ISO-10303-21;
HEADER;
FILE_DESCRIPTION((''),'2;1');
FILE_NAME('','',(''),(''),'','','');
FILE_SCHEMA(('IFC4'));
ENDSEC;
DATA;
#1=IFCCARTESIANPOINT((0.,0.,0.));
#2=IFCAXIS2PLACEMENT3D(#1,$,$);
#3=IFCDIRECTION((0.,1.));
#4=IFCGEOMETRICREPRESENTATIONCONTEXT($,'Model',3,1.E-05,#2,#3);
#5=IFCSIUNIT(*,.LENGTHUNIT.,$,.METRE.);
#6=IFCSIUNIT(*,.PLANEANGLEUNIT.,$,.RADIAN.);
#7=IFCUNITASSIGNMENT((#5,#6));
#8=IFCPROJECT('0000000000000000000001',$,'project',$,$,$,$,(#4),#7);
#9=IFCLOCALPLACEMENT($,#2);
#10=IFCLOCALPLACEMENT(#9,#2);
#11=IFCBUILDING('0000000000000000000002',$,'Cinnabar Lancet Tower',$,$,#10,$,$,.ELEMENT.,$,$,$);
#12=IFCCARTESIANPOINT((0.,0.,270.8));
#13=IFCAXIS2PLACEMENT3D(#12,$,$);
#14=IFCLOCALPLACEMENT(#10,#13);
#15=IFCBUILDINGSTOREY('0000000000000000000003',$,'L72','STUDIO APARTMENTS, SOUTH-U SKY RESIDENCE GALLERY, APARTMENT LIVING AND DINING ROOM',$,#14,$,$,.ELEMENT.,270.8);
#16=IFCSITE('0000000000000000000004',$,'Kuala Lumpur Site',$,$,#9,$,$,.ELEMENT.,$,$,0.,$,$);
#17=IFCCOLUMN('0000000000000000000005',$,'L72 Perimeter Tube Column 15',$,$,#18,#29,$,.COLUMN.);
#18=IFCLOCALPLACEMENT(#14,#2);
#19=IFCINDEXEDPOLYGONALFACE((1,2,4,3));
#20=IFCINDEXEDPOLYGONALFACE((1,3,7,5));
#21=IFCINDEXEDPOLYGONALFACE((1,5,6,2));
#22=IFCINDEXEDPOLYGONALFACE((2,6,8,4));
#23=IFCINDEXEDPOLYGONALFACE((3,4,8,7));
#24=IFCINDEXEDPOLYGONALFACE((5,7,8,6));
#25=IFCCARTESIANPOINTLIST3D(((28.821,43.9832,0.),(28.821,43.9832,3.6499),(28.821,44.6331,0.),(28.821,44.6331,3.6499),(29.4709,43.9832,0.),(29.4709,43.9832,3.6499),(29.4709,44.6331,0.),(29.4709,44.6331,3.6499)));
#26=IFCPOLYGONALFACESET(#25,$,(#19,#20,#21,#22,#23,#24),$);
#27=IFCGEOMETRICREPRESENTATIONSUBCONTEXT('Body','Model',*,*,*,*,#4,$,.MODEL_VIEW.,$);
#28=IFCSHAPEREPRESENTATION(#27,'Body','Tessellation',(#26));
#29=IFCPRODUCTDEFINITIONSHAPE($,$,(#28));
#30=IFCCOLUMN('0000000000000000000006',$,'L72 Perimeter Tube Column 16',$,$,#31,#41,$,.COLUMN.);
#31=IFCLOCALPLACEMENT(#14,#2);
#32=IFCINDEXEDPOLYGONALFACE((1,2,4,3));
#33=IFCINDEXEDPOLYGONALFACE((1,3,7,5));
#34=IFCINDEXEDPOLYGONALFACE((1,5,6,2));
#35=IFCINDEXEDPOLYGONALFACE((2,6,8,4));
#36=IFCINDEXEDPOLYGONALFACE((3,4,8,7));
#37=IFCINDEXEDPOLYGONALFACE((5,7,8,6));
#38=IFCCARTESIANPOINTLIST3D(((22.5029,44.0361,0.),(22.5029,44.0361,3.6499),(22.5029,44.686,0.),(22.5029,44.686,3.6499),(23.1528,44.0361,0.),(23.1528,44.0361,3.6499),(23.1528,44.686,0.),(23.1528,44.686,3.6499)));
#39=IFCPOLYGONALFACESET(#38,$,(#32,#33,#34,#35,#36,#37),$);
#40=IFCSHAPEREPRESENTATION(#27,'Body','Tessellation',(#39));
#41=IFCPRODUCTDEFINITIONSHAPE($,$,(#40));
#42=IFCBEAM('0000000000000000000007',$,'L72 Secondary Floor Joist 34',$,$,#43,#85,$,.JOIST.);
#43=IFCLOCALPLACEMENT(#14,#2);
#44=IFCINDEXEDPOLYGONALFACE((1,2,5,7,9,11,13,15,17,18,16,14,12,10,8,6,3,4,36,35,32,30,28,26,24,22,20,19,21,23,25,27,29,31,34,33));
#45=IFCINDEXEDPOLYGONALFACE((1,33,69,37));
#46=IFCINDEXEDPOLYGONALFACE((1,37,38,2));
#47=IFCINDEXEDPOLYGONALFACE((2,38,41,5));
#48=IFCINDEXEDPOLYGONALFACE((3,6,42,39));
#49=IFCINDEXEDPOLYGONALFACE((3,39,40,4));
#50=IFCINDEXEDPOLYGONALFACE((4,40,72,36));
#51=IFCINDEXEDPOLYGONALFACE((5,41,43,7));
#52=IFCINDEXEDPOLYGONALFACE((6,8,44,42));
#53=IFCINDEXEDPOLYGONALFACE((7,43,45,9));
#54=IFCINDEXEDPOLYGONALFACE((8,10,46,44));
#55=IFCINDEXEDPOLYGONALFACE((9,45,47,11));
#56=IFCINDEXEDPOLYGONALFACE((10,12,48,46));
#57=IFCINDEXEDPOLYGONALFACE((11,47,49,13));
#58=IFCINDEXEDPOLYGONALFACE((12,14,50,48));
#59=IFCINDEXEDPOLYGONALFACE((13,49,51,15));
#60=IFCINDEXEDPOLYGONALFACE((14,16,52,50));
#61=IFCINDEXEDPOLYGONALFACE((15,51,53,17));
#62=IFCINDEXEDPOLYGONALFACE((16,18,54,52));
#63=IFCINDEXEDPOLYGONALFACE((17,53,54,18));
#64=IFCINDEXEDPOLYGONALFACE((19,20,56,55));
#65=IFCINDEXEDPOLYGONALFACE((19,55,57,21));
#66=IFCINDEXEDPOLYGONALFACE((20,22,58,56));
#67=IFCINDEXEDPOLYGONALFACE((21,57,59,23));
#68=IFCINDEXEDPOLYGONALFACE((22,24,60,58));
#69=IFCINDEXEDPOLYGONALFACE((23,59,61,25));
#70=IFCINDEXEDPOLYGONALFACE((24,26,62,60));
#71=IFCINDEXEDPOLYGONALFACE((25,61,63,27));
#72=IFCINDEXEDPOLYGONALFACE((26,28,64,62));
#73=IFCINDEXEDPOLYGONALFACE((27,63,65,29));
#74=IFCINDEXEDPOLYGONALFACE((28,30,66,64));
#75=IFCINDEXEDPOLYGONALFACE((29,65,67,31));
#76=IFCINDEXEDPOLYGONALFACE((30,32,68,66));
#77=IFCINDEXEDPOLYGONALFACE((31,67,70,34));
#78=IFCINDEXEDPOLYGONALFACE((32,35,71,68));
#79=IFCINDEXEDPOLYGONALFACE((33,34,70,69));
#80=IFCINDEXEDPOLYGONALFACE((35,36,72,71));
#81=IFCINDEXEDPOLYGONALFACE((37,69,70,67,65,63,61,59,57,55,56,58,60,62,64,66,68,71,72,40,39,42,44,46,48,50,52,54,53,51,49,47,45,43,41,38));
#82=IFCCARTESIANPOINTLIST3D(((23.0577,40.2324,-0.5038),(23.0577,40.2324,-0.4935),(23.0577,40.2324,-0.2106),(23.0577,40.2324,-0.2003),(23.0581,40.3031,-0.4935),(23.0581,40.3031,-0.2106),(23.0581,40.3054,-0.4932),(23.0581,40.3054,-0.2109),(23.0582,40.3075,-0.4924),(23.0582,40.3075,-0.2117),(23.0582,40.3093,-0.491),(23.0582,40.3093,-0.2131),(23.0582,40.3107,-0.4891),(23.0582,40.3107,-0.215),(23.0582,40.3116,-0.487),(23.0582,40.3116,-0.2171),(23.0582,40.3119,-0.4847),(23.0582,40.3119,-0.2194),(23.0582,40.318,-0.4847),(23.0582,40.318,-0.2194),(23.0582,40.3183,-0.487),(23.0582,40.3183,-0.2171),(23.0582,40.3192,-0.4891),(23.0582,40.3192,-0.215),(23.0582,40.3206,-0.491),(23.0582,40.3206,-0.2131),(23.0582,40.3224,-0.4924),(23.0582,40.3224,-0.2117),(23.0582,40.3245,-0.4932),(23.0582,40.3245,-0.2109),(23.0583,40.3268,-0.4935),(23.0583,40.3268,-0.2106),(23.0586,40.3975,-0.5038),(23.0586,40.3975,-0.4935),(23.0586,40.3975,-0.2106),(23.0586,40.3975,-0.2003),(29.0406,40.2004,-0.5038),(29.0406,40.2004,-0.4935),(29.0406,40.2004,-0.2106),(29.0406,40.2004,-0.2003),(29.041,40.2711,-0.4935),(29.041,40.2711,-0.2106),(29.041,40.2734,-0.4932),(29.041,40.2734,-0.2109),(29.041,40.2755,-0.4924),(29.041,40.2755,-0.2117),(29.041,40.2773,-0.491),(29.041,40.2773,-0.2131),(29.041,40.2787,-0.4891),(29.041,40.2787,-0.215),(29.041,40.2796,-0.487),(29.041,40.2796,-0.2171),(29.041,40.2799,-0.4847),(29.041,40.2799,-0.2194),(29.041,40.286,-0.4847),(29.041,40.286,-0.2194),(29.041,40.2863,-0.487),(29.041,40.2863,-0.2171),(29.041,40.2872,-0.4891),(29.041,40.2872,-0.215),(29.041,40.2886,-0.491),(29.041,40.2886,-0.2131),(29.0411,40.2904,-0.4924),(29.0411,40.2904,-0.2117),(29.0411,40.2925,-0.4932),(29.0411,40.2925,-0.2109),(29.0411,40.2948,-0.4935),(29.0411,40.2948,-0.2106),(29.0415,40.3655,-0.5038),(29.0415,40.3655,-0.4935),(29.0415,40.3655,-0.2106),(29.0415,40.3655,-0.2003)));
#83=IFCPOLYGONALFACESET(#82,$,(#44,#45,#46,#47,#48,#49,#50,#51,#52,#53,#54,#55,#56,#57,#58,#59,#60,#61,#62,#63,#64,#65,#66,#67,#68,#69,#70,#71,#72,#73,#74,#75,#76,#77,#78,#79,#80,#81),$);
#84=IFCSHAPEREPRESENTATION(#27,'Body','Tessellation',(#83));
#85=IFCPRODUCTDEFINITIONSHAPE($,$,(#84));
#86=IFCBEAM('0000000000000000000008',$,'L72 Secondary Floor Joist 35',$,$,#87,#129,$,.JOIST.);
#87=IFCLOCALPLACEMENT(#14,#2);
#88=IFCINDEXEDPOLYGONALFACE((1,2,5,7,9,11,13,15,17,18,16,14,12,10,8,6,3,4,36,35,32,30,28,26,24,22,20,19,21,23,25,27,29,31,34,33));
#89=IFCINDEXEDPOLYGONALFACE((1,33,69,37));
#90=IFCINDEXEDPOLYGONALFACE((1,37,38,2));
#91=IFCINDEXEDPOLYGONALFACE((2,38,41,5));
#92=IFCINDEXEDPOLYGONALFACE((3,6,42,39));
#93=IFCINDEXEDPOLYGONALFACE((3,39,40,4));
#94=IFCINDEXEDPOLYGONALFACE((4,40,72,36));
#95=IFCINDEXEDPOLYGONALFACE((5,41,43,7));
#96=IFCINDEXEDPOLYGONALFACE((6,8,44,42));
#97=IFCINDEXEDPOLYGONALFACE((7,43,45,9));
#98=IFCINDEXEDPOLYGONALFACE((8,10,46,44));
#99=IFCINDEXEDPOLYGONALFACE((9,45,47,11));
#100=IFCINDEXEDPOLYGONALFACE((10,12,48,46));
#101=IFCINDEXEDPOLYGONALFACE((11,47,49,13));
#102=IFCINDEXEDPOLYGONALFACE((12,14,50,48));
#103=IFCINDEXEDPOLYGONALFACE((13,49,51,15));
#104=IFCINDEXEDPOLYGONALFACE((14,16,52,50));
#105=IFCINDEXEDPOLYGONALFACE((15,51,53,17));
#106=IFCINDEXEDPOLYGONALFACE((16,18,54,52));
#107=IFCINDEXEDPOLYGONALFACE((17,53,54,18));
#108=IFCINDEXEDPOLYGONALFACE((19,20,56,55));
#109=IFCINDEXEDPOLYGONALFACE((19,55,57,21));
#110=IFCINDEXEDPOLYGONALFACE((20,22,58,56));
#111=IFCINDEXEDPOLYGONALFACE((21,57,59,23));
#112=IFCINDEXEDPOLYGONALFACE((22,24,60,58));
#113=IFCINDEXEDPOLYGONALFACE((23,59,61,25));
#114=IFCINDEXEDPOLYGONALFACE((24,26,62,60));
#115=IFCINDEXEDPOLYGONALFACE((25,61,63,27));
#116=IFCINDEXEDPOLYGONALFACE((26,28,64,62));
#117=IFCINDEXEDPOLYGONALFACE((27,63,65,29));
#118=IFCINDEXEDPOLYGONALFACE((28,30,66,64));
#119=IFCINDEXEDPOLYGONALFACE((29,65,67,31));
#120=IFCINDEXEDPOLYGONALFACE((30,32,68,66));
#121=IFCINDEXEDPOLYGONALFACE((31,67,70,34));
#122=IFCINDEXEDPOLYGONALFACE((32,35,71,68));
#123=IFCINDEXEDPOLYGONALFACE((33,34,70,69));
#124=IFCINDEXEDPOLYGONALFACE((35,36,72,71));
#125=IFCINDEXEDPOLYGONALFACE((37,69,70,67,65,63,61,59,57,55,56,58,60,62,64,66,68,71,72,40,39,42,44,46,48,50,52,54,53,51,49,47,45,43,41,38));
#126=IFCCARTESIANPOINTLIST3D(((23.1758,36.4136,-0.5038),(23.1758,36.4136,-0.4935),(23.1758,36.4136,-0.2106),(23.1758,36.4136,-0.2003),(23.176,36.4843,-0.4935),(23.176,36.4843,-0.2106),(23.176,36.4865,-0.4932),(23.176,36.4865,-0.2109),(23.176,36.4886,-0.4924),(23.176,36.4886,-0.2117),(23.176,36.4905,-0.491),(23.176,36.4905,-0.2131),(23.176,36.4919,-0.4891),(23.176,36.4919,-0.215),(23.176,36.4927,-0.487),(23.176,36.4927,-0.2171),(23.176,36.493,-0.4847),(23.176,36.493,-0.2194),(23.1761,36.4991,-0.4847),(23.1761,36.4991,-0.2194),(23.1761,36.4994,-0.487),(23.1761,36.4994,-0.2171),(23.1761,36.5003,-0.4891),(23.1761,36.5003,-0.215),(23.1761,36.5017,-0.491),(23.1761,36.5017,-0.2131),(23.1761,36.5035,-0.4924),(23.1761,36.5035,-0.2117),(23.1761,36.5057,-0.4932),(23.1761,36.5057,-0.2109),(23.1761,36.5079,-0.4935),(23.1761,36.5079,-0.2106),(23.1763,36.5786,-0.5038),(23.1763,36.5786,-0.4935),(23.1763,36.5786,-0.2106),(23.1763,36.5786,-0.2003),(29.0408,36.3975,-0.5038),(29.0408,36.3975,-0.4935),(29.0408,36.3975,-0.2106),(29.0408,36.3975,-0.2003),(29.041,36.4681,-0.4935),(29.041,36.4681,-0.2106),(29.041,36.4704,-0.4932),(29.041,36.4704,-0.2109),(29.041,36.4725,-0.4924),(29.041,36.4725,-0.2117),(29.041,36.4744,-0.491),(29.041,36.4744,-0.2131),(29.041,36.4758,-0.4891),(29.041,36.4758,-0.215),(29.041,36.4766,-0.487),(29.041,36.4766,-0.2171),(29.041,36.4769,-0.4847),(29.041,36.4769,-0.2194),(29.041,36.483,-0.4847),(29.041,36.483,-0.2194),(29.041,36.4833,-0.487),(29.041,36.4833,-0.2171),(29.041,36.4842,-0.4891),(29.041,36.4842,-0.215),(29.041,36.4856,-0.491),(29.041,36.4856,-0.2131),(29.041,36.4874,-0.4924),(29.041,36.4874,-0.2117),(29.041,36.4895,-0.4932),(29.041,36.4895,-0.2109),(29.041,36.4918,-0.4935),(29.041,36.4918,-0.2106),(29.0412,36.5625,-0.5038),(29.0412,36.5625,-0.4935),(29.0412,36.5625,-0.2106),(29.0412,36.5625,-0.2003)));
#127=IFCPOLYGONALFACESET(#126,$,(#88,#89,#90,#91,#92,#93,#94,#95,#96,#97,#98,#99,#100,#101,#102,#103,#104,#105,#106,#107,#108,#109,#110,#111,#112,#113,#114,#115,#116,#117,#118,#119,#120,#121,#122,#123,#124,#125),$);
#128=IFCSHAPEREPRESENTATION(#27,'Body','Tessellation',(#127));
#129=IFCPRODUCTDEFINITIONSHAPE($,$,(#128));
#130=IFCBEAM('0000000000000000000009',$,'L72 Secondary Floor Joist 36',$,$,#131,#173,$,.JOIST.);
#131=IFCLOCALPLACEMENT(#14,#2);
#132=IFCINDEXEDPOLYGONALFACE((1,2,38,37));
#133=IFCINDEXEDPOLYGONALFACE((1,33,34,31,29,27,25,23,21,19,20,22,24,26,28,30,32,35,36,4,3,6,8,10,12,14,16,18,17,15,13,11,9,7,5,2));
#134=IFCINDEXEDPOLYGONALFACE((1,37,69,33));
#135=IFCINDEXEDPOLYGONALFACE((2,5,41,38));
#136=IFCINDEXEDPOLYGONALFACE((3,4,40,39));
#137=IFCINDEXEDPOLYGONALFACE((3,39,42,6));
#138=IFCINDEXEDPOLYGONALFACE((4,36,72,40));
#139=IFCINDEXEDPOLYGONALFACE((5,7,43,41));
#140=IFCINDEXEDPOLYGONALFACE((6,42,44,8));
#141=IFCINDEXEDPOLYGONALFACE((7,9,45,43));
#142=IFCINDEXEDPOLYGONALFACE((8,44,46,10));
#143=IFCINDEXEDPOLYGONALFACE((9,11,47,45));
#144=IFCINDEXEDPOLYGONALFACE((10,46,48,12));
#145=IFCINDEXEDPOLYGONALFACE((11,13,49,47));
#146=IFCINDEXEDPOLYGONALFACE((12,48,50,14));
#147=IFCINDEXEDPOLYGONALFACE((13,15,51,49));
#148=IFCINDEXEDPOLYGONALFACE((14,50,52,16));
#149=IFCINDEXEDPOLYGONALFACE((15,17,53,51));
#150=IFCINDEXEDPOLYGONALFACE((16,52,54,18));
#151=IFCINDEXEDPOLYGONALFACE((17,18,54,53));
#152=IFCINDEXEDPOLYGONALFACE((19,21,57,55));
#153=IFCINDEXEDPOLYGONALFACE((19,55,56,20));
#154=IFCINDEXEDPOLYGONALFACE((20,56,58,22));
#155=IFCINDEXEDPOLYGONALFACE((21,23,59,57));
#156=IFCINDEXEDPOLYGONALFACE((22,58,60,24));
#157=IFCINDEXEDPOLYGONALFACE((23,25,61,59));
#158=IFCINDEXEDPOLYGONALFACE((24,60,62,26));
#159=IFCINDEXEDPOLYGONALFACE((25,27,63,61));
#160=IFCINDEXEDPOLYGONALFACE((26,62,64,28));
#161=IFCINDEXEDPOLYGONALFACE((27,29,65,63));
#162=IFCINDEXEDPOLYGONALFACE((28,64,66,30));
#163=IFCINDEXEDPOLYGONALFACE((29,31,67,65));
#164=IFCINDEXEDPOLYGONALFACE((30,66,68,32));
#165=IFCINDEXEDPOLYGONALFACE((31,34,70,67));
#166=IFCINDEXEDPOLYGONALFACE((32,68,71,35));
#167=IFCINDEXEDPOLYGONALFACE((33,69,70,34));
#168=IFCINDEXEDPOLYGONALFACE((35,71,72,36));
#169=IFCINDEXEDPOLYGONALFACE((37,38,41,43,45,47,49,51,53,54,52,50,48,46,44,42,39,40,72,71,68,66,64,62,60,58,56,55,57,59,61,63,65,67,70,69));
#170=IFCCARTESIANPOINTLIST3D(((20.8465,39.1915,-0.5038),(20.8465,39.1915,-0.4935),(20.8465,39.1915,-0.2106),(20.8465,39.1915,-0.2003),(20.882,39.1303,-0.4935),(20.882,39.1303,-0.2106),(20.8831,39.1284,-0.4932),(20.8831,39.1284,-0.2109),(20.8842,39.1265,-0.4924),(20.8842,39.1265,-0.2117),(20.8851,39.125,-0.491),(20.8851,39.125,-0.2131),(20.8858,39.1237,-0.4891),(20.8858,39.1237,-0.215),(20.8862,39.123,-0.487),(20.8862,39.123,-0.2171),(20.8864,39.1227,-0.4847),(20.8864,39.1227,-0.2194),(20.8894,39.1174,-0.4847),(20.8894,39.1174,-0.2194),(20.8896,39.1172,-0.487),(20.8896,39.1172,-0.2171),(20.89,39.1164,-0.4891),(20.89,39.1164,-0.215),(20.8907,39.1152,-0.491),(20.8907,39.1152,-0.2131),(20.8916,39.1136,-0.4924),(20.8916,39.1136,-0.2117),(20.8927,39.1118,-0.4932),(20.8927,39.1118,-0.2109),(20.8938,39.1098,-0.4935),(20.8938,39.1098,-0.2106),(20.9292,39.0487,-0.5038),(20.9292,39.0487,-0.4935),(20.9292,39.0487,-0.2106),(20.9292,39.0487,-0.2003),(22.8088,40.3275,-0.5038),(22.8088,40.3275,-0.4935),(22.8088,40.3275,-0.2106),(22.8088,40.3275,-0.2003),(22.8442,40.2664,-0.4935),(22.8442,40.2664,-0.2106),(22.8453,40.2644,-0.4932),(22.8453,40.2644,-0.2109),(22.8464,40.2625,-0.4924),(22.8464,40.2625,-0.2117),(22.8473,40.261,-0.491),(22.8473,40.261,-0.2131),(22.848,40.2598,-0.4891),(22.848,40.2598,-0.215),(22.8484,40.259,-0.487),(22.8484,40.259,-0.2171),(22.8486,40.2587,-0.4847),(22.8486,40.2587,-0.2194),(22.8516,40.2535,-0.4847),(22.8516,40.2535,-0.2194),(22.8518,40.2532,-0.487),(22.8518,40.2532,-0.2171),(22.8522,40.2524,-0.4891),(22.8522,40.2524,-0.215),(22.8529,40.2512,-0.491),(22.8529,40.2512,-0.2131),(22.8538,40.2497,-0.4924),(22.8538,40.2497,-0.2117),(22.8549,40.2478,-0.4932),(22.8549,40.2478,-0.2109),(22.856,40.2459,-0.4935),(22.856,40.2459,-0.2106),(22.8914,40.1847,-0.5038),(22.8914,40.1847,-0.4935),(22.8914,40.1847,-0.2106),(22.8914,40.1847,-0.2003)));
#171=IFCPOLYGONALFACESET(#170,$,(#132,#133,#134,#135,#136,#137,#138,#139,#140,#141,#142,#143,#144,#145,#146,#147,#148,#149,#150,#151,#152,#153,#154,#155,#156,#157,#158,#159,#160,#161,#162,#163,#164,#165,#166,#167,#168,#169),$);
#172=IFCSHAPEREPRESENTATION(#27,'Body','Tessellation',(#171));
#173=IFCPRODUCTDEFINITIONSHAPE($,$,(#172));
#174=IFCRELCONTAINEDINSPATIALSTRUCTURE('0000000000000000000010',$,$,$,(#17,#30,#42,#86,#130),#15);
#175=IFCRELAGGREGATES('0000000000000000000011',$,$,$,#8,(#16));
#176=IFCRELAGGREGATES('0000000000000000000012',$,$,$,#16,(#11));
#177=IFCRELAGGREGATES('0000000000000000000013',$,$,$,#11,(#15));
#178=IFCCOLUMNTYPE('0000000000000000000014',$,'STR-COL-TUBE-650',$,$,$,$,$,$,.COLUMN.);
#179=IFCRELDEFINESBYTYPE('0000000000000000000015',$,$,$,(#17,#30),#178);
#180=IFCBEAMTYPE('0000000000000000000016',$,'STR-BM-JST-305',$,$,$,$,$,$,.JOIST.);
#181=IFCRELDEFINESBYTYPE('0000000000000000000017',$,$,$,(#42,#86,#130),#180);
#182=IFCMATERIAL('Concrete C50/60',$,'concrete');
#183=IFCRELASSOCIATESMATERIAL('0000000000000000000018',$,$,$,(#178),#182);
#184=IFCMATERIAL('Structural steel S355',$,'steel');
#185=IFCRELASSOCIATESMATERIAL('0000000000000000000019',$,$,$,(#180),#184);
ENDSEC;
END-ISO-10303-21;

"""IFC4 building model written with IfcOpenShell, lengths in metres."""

from ifc_helpers import new_model, si_unit, direction, frame, origin, origin_2d, place, context, subcontext, project, spatial, rectangle, i_section, extrude, material, material_profile, profile_set, type_object, element, save


model = new_model("IFC4")

# Units and contexts
model_context = context("Model", 3, precision=1e-05, world=origin(), true_north=direction((0.0, 1.0)))
body_context = subcontext(model_context, "Body", "Model", "MODEL_VIEW")
ifc_project = project(units=[si_unit("LENGTHUNIT", "METRE"), si_unit("PLANEANGLEUNIT", "RADIAN")], contexts=[model_context])

# Site, building, storey
site_placement = place(None, origin())
site = spatial("IfcSite", under=ifc_project, at=site_placement, Name="Kuala Lumpur Site", CompositionType="ELEMENT", RefElevation=0.0)
building_placement = place(site_placement, origin())
building = spatial("IfcBuilding", under=site, at=building_placement, Name="Cinnabar Lancet Tower", CompositionType="ELEMENT")
storey_placement = place(building_placement, frame((0.0, 0.0, 270.8)))
storey = spatial("IfcBuildingStorey", under=building, at=storey_placement, Name="L72", Description="STUDIO APARTMENTS, SOUTH-U SKY RESIDENCE GALLERY, APARTMENT LIVING AND DINING ROOM", CompositionType="ELEMENT", Elevation=270.8)

# Columns
ifc_material_1 = material(Name="Concrete C50/60", Category="concrete")
ifc_material_profile_1 = material_profile(ifc_material_1, rectangle(XDim=0.6499, YDim=0.6499, at=origin_2d()), Name="RC-COL 650x650")
ifc_profile_set_1 = profile_set([ifc_material_profile_1], Name="Concrete C50/60")
column_type = type_object("IfcColumnType", Name="STR-COL-TUBE-650", PredefinedType="COLUMN", material=ifc_profile_set_1)
for number, where, z_axis, x_axis, name in (
    (1, (29.146, 44.3081, 0.0), (0.0, 0.0, 1.0), (1.0, 0.0, 0.0), "L72 Perimeter Tube Column 15"),
    (2, (22.8279, 44.3611, 0.0), (0.0, 0.0, 1.0), (1.0, 0.0, 0.0), "L72 Perimeter Tube Column 16"),
):
    element("IfcColumn", number, at=place(storey_placement, frame(where, z_axis=z_axis, x_axis=x_axis)), inside=storey, type_object=column_type, Name=name, PredefinedType="COLUMN", context=body_context, shape_type="SweptSolid", body=[
        extrude(rectangle(XDim=0.6499, YDim=0.6499, at=origin_2d()), origin(), (0.0, 0.0, 1.0), 3.6499),
    ])

# Beams
ifc_material_2 = material(Name="Structural steel S355", Category="steel")
ifc_material_profile_2 = material_profile(ifc_material_2, i_section(OverallWidth=0.165, OverallDepth=0.3035, WebThickness=0.0061, FlangeThickness=0.0103, FilletRadius=0.0088, at=origin_2d()), Name="UKB 305x165x40")
ifc_profile_set_2 = profile_set([ifc_material_profile_2], Name="Structural steel S355")
beam_type_1 = type_object("IfcBeamType", Name="STR-BM-JST-305", PredefinedType="JOIST", material=ifc_profile_set_2)
beam_1_placement = place(storey_placement, frame((29.041, 40.283, -0.3521), z_axis=(-0.999986, 0.005346, 0.0), x_axis=(-0.005346, -0.999986, 0.0)))
element("IfcBeam", 3, at=beam_1_placement, inside=storey, type_object=beam_type_1, Name="L72 Secondary Floor Joist 34", PredefinedType="JOIST", context=body_context, shape_type="SweptSolid", body=[
    extrude(i_section(OverallWidth=0.165, OverallDepth=0.3035, WebThickness=0.0061, FlangeThickness=0.0103, FilletRadius=0.0088, at=origin_2d()), origin(), (0.0, 0.0, 1.0), 5.9829),
])
beam_2_placement = place(storey_placement, frame((29.041, 36.48, -0.3521), z_axis=(-0.999996, 0.002747, 0.0), x_axis=(-0.002747, -0.999996, 0.0)))
element("IfcBeam", 4, at=beam_2_placement, inside=storey, type_object=beam_type_1, Name="L72 Secondary Floor Joist 35", PredefinedType="JOIST", context=body_context, shape_type="SweptSolid", body=[
    extrude(i_section(OverallWidth=0.165, OverallDepth=0.3035, WebThickness=0.0061, FlangeThickness=0.0103, FilletRadius=0.0088, at=origin_2d()), origin(), (0.0, 0.0, 1.0), 5.865),
])
beam_3_placement = place(storey_placement, frame((22.8501, 40.2561, -0.3521), z_axis=(-0.865426, -0.501036, 0.0), x_axis=(0.501036, -0.865426, 0.0)))
element("IfcBeam", 5, at=beam_3_placement, inside=storey, type_object=beam_type_1, Name="L72 Secondary Floor Joist 36", PredefinedType="JOIST", context=body_context, shape_type="SweptSolid", body=[
    extrude(i_section(OverallWidth=0.165, OverallDepth=0.3035, WebThickness=0.0061, FlangeThickness=0.0103, FilletRadius=0.0088, at=origin_2d()), origin(), (0.0, 0.0, 1.0), 2.2673),
])

save(model, "model.ifc")
